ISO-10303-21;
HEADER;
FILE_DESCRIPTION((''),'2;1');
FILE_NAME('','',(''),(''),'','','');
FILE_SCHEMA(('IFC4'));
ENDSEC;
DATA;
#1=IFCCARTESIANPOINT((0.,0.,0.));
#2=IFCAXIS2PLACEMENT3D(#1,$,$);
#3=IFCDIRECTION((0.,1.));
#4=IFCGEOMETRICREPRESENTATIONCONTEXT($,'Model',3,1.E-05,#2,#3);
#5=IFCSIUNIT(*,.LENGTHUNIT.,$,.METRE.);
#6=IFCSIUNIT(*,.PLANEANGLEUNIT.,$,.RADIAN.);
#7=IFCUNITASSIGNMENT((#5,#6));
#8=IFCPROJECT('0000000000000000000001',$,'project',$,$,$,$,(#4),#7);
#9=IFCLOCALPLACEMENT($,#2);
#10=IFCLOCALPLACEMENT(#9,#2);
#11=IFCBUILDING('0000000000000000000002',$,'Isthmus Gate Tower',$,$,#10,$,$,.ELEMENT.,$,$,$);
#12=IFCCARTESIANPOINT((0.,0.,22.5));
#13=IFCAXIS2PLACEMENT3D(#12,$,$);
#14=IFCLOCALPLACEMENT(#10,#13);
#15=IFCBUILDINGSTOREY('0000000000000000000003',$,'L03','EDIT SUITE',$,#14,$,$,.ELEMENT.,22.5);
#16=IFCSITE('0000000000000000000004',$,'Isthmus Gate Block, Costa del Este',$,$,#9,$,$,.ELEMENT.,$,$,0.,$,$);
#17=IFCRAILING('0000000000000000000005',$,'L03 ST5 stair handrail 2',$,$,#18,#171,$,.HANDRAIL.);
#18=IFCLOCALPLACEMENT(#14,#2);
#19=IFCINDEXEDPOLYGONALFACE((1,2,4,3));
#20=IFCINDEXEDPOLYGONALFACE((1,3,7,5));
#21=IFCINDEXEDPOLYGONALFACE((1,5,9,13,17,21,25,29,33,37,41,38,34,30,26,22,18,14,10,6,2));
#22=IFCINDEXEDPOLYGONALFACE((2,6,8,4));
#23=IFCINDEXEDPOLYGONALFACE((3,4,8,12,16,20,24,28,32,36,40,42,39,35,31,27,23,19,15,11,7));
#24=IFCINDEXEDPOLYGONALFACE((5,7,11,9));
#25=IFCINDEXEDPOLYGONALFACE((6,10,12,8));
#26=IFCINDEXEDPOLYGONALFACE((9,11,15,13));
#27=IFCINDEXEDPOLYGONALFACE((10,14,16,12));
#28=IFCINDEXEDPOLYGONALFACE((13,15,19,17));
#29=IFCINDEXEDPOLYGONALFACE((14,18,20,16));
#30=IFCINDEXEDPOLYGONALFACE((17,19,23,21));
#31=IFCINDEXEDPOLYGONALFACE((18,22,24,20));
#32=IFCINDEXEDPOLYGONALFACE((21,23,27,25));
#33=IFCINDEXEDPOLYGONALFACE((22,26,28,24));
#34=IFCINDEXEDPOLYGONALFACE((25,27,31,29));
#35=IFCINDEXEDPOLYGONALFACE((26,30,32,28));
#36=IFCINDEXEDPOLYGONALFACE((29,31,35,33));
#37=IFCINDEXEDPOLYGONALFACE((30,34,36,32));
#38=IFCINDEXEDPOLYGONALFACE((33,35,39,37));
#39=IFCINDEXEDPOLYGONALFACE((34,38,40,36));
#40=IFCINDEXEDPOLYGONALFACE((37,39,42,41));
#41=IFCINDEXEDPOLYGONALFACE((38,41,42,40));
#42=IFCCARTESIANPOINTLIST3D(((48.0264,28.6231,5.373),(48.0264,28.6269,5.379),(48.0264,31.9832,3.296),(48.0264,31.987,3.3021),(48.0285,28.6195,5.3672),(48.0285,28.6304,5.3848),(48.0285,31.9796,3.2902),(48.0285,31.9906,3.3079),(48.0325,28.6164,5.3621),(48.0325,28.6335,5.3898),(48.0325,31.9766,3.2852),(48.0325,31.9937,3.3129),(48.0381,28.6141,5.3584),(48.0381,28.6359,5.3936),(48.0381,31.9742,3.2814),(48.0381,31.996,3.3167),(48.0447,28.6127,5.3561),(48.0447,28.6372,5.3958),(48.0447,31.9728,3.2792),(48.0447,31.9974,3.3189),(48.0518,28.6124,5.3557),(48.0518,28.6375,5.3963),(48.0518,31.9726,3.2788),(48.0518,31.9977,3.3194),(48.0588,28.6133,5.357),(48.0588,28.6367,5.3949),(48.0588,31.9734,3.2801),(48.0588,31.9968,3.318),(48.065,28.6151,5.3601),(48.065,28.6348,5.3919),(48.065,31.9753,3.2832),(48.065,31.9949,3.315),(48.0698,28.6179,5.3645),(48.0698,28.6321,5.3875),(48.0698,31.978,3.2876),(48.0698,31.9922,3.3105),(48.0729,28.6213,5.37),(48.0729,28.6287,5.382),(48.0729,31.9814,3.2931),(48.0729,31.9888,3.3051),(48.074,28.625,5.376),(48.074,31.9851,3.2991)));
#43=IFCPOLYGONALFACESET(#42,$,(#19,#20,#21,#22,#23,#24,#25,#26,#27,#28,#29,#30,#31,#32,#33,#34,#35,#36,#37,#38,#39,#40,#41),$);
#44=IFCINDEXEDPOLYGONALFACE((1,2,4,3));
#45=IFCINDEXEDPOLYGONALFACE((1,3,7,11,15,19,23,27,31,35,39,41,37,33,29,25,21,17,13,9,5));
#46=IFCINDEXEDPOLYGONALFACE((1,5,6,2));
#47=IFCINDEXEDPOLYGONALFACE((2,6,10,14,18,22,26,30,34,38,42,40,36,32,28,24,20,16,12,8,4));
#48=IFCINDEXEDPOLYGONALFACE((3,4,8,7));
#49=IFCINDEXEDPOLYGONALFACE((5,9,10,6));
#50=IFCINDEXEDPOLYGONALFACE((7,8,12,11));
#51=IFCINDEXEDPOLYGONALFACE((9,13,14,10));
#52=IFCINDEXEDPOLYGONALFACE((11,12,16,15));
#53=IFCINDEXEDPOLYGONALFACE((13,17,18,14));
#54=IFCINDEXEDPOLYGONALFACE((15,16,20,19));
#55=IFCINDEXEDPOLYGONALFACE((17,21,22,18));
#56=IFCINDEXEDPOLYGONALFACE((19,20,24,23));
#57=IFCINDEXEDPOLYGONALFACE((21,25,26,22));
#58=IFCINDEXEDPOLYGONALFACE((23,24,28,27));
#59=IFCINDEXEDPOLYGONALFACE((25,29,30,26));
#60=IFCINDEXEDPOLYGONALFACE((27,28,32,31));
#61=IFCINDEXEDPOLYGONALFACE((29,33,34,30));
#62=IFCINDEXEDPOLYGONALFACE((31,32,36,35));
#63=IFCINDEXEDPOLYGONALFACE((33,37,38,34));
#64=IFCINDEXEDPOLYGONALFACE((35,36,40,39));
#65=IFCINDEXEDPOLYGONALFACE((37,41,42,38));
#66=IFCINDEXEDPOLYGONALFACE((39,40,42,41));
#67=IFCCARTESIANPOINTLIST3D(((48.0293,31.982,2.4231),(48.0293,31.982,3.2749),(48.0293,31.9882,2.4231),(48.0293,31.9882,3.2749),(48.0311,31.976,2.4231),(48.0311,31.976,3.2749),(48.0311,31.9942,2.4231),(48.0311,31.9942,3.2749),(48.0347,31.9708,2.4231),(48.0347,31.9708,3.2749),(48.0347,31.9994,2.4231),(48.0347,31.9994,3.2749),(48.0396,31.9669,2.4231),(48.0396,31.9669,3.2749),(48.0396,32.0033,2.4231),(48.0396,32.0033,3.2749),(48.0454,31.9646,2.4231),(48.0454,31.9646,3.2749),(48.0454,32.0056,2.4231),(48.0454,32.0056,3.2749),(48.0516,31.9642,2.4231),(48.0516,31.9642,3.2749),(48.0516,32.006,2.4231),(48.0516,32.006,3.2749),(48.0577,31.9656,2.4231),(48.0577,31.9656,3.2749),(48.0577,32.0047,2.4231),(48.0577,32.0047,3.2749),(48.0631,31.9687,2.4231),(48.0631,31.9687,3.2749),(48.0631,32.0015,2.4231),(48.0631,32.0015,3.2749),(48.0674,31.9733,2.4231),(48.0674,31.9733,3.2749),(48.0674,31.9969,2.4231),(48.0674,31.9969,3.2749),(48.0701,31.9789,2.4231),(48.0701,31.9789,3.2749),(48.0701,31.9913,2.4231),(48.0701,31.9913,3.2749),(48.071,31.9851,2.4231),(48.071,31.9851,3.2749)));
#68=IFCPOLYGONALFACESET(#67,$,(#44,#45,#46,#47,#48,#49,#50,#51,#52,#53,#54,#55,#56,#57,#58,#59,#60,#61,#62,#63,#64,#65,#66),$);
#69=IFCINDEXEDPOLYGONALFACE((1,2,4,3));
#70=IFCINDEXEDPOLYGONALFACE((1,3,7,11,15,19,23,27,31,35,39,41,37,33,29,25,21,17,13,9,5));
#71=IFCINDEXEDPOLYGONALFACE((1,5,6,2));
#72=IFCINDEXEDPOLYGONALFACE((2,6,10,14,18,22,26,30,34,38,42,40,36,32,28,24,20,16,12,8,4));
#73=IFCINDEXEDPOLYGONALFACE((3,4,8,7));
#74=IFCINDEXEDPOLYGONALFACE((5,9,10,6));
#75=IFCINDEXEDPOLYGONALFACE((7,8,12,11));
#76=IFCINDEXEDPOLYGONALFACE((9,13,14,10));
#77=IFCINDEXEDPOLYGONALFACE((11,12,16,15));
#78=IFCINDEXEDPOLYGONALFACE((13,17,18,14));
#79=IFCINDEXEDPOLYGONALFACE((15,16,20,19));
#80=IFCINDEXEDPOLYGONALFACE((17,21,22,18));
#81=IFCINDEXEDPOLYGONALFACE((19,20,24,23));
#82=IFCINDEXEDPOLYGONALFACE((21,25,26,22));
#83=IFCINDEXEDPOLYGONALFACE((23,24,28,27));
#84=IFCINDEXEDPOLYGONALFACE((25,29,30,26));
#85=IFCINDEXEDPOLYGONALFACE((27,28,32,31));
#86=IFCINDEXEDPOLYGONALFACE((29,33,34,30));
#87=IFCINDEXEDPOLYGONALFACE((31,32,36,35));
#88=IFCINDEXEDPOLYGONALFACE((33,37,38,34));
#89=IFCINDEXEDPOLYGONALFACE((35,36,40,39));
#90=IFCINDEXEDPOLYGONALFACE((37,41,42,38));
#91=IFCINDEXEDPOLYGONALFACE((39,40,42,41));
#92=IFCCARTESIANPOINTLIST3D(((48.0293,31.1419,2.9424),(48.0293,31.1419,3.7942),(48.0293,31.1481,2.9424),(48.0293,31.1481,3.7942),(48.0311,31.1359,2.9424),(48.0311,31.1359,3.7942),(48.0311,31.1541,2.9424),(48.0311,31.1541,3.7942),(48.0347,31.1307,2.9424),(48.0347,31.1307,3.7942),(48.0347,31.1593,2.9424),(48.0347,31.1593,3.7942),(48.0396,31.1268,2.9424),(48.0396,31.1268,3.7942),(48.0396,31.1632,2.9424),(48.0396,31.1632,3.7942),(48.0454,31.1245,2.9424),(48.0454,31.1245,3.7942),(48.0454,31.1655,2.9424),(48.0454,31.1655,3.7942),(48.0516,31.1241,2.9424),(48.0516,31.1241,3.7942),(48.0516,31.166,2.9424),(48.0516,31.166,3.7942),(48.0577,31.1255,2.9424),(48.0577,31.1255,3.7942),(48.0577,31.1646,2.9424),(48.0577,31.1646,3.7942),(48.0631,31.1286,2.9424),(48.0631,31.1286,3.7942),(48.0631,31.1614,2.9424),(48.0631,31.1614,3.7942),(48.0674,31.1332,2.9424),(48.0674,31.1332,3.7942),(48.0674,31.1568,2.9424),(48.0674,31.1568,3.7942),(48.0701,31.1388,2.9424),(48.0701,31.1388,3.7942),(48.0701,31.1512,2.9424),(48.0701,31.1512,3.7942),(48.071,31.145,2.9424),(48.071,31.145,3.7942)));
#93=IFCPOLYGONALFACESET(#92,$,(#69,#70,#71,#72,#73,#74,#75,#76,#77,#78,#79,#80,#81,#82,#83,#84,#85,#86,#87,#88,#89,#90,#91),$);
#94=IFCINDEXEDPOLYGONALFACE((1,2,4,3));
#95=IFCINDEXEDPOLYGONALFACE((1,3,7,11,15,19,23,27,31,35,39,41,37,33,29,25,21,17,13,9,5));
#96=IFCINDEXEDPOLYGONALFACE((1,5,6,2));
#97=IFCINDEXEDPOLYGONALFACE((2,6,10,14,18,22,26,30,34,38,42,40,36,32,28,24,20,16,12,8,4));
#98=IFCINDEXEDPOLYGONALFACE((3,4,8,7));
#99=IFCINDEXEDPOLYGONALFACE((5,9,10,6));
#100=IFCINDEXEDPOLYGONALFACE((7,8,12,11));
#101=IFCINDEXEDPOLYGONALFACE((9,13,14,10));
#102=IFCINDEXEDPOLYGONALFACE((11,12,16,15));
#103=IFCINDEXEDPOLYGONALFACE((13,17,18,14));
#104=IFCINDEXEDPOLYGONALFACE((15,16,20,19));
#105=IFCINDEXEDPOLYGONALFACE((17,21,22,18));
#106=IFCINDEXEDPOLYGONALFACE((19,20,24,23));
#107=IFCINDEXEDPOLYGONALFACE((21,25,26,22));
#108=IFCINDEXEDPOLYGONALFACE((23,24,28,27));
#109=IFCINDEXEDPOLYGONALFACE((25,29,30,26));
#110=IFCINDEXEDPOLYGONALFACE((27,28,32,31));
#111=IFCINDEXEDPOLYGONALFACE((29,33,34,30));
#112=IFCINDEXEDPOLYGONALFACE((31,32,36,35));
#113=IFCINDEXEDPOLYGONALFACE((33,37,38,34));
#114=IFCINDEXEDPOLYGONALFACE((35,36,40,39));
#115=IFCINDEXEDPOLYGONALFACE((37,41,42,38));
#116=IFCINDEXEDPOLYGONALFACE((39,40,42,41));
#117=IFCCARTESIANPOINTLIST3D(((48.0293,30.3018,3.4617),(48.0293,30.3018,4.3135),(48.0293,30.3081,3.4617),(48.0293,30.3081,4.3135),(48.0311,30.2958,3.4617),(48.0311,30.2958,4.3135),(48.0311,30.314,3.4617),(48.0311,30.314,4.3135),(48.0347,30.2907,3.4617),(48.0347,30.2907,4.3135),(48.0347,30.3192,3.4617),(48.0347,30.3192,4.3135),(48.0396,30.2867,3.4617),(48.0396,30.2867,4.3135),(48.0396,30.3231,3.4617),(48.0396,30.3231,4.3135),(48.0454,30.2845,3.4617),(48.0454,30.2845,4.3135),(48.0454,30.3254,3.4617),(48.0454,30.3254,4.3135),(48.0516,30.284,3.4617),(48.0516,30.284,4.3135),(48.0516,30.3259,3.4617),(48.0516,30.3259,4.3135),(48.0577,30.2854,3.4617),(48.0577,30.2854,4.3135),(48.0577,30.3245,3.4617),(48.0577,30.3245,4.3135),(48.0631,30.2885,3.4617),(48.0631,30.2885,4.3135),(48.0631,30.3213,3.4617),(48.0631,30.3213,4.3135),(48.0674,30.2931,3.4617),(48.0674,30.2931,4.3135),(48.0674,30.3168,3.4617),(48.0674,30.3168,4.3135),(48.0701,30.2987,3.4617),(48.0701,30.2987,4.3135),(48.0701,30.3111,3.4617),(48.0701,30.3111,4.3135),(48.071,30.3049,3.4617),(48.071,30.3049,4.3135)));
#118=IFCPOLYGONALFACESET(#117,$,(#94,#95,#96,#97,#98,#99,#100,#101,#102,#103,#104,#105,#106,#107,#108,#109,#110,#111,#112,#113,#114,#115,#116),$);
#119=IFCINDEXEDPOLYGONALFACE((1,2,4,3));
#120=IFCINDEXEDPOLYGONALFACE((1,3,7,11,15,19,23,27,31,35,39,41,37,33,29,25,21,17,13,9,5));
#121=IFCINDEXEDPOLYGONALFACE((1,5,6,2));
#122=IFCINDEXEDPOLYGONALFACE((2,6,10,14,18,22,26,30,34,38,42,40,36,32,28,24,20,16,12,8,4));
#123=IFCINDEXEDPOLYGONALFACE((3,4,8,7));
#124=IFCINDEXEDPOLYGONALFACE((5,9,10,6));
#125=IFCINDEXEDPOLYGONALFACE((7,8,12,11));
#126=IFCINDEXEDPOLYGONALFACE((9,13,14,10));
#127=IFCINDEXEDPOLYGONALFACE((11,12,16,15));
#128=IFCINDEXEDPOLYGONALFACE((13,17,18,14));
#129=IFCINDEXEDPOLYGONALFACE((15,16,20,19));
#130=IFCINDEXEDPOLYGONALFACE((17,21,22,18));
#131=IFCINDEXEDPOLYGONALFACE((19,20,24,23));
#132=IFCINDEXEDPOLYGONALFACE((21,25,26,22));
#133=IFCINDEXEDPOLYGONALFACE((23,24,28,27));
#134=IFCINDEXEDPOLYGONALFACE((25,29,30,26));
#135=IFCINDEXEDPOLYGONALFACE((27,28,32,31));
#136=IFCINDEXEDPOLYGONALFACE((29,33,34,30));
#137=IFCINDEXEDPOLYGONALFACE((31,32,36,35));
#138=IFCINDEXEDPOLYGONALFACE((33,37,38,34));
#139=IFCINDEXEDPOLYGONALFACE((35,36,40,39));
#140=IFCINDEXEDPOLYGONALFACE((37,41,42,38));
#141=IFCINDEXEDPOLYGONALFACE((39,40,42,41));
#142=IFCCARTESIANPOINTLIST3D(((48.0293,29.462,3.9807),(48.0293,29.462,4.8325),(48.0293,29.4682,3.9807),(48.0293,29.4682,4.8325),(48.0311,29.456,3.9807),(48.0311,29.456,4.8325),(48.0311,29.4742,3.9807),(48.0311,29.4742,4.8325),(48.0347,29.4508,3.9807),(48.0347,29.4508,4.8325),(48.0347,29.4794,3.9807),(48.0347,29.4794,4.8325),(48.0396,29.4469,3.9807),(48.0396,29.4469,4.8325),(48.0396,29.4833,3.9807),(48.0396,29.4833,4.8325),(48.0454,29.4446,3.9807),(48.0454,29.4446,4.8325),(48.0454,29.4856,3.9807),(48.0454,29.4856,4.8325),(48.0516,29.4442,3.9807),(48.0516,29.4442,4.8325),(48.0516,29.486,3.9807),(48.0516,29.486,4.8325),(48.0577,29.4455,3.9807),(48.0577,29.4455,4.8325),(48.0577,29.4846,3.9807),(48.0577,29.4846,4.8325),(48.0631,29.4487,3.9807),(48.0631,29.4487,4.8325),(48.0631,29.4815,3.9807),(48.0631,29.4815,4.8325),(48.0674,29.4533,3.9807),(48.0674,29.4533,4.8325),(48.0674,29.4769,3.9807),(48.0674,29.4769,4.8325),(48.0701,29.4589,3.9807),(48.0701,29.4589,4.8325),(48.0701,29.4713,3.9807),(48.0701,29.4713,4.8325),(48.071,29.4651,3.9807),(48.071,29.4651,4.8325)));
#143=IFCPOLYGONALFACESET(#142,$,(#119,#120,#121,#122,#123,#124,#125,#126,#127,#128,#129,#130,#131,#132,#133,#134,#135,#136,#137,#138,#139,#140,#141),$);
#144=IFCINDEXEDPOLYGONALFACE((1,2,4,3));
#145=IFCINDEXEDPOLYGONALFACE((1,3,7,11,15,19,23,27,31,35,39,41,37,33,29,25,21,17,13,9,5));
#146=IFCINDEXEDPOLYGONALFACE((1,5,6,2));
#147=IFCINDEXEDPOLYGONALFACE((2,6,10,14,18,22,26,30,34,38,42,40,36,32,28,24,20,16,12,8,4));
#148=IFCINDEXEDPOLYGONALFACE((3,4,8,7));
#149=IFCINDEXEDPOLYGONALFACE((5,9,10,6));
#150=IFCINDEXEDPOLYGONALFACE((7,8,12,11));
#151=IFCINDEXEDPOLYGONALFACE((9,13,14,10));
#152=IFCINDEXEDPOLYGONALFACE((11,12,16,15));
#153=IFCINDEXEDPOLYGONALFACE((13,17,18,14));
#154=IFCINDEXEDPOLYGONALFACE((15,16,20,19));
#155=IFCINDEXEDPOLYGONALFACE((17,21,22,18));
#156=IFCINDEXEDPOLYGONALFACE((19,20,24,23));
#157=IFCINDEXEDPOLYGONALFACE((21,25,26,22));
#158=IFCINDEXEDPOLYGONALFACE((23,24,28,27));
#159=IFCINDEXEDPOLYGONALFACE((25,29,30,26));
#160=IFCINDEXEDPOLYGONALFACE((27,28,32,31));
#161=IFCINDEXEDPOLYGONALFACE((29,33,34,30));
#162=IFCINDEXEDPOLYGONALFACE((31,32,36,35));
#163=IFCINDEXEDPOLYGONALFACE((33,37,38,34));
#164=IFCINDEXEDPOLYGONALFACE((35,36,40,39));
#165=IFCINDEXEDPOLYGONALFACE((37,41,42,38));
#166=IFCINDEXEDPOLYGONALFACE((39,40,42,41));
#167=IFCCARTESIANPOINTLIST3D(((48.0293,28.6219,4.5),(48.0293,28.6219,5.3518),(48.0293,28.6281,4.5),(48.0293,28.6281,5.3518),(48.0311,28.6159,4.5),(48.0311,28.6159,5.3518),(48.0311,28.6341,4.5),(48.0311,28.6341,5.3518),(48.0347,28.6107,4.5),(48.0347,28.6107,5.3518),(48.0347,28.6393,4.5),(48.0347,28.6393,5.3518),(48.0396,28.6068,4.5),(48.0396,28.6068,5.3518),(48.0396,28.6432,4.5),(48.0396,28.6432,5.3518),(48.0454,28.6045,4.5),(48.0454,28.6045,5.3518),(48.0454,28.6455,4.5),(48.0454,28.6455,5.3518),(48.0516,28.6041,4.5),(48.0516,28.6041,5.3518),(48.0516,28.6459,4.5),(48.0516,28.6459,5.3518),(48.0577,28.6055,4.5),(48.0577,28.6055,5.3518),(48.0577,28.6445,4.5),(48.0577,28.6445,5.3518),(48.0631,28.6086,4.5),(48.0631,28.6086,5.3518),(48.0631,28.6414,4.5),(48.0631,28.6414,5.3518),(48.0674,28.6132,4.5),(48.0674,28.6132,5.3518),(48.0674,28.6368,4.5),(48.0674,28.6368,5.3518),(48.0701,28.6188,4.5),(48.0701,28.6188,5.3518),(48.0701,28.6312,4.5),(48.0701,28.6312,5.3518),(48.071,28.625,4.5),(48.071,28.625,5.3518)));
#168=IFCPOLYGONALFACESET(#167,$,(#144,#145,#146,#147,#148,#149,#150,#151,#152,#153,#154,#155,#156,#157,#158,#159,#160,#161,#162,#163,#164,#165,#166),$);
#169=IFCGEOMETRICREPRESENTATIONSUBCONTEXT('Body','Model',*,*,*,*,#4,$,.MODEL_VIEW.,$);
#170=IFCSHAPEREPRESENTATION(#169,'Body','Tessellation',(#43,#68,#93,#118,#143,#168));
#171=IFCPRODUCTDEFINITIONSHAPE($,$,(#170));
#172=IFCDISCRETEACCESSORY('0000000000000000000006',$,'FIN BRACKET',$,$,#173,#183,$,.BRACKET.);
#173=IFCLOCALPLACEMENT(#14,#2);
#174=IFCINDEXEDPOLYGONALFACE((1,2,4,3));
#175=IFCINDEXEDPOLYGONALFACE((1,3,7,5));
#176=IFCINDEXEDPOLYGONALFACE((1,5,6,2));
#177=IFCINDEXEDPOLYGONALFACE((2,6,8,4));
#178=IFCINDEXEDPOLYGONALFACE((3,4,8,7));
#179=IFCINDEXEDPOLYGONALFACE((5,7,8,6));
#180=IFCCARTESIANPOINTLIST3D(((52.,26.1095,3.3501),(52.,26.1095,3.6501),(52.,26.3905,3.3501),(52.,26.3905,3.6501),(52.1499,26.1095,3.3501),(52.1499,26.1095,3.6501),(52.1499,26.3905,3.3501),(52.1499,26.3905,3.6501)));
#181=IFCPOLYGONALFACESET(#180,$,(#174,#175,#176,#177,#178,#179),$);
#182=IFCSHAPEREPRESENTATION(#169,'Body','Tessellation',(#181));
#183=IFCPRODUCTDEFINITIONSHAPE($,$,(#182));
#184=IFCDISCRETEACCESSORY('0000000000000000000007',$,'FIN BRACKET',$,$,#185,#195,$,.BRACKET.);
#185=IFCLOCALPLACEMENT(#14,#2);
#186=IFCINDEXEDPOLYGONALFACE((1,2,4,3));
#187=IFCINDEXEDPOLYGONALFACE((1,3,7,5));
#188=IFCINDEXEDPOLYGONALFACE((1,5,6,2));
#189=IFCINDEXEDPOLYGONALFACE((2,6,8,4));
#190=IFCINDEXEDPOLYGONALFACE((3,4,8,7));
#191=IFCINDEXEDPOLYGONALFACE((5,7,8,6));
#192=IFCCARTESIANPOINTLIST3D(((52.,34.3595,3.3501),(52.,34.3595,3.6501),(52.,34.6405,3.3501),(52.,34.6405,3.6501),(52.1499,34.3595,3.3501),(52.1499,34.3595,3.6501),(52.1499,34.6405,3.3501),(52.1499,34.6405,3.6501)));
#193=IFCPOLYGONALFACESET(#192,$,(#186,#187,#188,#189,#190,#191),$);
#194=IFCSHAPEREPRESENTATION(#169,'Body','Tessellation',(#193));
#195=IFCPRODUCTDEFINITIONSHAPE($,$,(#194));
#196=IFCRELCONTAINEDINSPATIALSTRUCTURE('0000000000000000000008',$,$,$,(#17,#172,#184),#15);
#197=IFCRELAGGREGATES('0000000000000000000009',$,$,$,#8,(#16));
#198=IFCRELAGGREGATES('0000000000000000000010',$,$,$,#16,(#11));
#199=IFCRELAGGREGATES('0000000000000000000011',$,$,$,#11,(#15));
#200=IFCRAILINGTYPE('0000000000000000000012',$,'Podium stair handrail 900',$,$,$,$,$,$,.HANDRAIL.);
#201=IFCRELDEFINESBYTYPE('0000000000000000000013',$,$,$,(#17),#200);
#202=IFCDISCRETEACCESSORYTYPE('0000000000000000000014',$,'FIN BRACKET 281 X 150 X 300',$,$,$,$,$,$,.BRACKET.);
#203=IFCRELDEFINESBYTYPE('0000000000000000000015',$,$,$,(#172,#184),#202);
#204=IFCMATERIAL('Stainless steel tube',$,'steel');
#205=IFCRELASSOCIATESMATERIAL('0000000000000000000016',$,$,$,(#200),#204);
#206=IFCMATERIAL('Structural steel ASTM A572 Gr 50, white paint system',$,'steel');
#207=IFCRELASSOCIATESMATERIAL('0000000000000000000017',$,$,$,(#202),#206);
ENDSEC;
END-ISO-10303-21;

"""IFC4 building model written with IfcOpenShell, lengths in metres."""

from ifc_helpers import new_model, si_unit, direction, frame, origin, origin_2d, place, context, subcontext, project, spatial, rectangle, circle, extrude, material, type_object, element, save


model = new_model("IFC4")

# Units and contexts
model_context = context("Model", 3, precision=1e-05, world=origin(), true_north=direction((0.0, 1.0)))
body_context = subcontext(model_context, "Body", "Model", "MODEL_VIEW")
ifc_project = project(units=[si_unit("LENGTHUNIT", "METRE"), si_unit("PLANEANGLEUNIT", "RADIAN")], contexts=[model_context])

# Site, building, storey
site_placement = place(None, origin())
site = spatial("IfcSite", under=ifc_project, at=site_placement, Name="Isthmus Gate Block, Costa del Este", CompositionType="ELEMENT", RefElevation=0.0)
building_placement = place(site_placement, origin())
building = spatial("IfcBuilding", under=site, at=building_placement, Name="Isthmus Gate Tower", CompositionType="ELEMENT")
storey_placement = place(building_placement, frame((0.0, 0.0, 22.5)))
storey = spatial("IfcBuildingStorey", under=building, at=storey_placement, Name="L03", Description="EDIT SUITE", CompositionType="ELEMENT", Elevation=22.5)

# Railing
ifc_material_1 = material(Name="Stainless steel tube", Category="steel")
railing_type_1 = type_object("IfcRailingType", Name="Podium stair handrail 900", PredefinedType="HANDRAIL", material=ifc_material_1)
railing_1_placement = place(storey_placement, frame((48.05, 31.9851, 2.4231)))
element("IfcRailing", 1, at=railing_1_placement, inside=storey, type_object=railing_type_1, Name="L03 ST5 stair handrail 2", PredefinedType="HANDRAIL", context=body_context, shape_type="SweptSolid", body=[
    extrude(circle(Radius=0.0239, at=origin_2d()), frame((0.0, 0.0, 0.876), z_axis=(0.0, -0.850623, 0.525776), x_axis=(1.0, 0.0, 0.0)), (0.0, 0.0, 1.0), 3.9502),
    extrude(circle(Radius=0.021, at=origin_2d()), origin(), (0.0, 0.0, 1.0), 0.8518),
    extrude(circle(Radius=0.021, at=origin_2d()), frame((0.0, -0.8401, 0.5193)), (0.0, 0.0, 1.0), 0.8518),
    extrude(circle(Radius=0.021, at=origin_2d()), frame((0.0, -1.6802, 1.0386)), (0.0, 0.0, 1.0), 0.8518),
    extrude(circle(Radius=0.021, at=origin_2d()), frame((0.0, -2.52, 1.5576)), (0.0, 0.0, 1.0), 0.8518),
    extrude(circle(Radius=0.021, at=origin_2d()), frame((0.0, -3.3601, 2.0769)), (0.0, 0.0, 1.0), 0.8518),
])

# Discrete accessories
ifc_material_2 = material(Name="Structural steel ASTM A572 Gr 50, white paint system", Category="steel")
discrete_accessory_type = type_object("IfcDiscreteAccessoryType", Name="FIN BRACKET 281 X 150 X 300", PredefinedType="BRACKET", material=ifc_material_2)
for number, where, z_axis, x_axis, name in (
    (2, (52.075, 26.25, 3.3501), (0.0, 0.0, 1.0), (1.0, 0.0, 0.0), "FIN BRACKET"),
    (3, (52.075, 34.5, 3.3501), (0.0, 0.0, 1.0), (1.0, 0.0, 0.0), "FIN BRACKET"),
):
    element("IfcDiscreteAccessory", number, at=place(storey_placement, frame(where, z_axis=z_axis, x_axis=x_axis)), inside=storey, type_object=discrete_accessory_type, Name=name, PredefinedType="BRACKET", context=body_context, shape_type="SweptSolid", body=[
        extrude(rectangle(XDim=0.1499, YDim=0.281, at=origin_2d()), origin(), (0.0, 0.0, 1.0), 0.3),
    ])

save(model, "model.ifc")
